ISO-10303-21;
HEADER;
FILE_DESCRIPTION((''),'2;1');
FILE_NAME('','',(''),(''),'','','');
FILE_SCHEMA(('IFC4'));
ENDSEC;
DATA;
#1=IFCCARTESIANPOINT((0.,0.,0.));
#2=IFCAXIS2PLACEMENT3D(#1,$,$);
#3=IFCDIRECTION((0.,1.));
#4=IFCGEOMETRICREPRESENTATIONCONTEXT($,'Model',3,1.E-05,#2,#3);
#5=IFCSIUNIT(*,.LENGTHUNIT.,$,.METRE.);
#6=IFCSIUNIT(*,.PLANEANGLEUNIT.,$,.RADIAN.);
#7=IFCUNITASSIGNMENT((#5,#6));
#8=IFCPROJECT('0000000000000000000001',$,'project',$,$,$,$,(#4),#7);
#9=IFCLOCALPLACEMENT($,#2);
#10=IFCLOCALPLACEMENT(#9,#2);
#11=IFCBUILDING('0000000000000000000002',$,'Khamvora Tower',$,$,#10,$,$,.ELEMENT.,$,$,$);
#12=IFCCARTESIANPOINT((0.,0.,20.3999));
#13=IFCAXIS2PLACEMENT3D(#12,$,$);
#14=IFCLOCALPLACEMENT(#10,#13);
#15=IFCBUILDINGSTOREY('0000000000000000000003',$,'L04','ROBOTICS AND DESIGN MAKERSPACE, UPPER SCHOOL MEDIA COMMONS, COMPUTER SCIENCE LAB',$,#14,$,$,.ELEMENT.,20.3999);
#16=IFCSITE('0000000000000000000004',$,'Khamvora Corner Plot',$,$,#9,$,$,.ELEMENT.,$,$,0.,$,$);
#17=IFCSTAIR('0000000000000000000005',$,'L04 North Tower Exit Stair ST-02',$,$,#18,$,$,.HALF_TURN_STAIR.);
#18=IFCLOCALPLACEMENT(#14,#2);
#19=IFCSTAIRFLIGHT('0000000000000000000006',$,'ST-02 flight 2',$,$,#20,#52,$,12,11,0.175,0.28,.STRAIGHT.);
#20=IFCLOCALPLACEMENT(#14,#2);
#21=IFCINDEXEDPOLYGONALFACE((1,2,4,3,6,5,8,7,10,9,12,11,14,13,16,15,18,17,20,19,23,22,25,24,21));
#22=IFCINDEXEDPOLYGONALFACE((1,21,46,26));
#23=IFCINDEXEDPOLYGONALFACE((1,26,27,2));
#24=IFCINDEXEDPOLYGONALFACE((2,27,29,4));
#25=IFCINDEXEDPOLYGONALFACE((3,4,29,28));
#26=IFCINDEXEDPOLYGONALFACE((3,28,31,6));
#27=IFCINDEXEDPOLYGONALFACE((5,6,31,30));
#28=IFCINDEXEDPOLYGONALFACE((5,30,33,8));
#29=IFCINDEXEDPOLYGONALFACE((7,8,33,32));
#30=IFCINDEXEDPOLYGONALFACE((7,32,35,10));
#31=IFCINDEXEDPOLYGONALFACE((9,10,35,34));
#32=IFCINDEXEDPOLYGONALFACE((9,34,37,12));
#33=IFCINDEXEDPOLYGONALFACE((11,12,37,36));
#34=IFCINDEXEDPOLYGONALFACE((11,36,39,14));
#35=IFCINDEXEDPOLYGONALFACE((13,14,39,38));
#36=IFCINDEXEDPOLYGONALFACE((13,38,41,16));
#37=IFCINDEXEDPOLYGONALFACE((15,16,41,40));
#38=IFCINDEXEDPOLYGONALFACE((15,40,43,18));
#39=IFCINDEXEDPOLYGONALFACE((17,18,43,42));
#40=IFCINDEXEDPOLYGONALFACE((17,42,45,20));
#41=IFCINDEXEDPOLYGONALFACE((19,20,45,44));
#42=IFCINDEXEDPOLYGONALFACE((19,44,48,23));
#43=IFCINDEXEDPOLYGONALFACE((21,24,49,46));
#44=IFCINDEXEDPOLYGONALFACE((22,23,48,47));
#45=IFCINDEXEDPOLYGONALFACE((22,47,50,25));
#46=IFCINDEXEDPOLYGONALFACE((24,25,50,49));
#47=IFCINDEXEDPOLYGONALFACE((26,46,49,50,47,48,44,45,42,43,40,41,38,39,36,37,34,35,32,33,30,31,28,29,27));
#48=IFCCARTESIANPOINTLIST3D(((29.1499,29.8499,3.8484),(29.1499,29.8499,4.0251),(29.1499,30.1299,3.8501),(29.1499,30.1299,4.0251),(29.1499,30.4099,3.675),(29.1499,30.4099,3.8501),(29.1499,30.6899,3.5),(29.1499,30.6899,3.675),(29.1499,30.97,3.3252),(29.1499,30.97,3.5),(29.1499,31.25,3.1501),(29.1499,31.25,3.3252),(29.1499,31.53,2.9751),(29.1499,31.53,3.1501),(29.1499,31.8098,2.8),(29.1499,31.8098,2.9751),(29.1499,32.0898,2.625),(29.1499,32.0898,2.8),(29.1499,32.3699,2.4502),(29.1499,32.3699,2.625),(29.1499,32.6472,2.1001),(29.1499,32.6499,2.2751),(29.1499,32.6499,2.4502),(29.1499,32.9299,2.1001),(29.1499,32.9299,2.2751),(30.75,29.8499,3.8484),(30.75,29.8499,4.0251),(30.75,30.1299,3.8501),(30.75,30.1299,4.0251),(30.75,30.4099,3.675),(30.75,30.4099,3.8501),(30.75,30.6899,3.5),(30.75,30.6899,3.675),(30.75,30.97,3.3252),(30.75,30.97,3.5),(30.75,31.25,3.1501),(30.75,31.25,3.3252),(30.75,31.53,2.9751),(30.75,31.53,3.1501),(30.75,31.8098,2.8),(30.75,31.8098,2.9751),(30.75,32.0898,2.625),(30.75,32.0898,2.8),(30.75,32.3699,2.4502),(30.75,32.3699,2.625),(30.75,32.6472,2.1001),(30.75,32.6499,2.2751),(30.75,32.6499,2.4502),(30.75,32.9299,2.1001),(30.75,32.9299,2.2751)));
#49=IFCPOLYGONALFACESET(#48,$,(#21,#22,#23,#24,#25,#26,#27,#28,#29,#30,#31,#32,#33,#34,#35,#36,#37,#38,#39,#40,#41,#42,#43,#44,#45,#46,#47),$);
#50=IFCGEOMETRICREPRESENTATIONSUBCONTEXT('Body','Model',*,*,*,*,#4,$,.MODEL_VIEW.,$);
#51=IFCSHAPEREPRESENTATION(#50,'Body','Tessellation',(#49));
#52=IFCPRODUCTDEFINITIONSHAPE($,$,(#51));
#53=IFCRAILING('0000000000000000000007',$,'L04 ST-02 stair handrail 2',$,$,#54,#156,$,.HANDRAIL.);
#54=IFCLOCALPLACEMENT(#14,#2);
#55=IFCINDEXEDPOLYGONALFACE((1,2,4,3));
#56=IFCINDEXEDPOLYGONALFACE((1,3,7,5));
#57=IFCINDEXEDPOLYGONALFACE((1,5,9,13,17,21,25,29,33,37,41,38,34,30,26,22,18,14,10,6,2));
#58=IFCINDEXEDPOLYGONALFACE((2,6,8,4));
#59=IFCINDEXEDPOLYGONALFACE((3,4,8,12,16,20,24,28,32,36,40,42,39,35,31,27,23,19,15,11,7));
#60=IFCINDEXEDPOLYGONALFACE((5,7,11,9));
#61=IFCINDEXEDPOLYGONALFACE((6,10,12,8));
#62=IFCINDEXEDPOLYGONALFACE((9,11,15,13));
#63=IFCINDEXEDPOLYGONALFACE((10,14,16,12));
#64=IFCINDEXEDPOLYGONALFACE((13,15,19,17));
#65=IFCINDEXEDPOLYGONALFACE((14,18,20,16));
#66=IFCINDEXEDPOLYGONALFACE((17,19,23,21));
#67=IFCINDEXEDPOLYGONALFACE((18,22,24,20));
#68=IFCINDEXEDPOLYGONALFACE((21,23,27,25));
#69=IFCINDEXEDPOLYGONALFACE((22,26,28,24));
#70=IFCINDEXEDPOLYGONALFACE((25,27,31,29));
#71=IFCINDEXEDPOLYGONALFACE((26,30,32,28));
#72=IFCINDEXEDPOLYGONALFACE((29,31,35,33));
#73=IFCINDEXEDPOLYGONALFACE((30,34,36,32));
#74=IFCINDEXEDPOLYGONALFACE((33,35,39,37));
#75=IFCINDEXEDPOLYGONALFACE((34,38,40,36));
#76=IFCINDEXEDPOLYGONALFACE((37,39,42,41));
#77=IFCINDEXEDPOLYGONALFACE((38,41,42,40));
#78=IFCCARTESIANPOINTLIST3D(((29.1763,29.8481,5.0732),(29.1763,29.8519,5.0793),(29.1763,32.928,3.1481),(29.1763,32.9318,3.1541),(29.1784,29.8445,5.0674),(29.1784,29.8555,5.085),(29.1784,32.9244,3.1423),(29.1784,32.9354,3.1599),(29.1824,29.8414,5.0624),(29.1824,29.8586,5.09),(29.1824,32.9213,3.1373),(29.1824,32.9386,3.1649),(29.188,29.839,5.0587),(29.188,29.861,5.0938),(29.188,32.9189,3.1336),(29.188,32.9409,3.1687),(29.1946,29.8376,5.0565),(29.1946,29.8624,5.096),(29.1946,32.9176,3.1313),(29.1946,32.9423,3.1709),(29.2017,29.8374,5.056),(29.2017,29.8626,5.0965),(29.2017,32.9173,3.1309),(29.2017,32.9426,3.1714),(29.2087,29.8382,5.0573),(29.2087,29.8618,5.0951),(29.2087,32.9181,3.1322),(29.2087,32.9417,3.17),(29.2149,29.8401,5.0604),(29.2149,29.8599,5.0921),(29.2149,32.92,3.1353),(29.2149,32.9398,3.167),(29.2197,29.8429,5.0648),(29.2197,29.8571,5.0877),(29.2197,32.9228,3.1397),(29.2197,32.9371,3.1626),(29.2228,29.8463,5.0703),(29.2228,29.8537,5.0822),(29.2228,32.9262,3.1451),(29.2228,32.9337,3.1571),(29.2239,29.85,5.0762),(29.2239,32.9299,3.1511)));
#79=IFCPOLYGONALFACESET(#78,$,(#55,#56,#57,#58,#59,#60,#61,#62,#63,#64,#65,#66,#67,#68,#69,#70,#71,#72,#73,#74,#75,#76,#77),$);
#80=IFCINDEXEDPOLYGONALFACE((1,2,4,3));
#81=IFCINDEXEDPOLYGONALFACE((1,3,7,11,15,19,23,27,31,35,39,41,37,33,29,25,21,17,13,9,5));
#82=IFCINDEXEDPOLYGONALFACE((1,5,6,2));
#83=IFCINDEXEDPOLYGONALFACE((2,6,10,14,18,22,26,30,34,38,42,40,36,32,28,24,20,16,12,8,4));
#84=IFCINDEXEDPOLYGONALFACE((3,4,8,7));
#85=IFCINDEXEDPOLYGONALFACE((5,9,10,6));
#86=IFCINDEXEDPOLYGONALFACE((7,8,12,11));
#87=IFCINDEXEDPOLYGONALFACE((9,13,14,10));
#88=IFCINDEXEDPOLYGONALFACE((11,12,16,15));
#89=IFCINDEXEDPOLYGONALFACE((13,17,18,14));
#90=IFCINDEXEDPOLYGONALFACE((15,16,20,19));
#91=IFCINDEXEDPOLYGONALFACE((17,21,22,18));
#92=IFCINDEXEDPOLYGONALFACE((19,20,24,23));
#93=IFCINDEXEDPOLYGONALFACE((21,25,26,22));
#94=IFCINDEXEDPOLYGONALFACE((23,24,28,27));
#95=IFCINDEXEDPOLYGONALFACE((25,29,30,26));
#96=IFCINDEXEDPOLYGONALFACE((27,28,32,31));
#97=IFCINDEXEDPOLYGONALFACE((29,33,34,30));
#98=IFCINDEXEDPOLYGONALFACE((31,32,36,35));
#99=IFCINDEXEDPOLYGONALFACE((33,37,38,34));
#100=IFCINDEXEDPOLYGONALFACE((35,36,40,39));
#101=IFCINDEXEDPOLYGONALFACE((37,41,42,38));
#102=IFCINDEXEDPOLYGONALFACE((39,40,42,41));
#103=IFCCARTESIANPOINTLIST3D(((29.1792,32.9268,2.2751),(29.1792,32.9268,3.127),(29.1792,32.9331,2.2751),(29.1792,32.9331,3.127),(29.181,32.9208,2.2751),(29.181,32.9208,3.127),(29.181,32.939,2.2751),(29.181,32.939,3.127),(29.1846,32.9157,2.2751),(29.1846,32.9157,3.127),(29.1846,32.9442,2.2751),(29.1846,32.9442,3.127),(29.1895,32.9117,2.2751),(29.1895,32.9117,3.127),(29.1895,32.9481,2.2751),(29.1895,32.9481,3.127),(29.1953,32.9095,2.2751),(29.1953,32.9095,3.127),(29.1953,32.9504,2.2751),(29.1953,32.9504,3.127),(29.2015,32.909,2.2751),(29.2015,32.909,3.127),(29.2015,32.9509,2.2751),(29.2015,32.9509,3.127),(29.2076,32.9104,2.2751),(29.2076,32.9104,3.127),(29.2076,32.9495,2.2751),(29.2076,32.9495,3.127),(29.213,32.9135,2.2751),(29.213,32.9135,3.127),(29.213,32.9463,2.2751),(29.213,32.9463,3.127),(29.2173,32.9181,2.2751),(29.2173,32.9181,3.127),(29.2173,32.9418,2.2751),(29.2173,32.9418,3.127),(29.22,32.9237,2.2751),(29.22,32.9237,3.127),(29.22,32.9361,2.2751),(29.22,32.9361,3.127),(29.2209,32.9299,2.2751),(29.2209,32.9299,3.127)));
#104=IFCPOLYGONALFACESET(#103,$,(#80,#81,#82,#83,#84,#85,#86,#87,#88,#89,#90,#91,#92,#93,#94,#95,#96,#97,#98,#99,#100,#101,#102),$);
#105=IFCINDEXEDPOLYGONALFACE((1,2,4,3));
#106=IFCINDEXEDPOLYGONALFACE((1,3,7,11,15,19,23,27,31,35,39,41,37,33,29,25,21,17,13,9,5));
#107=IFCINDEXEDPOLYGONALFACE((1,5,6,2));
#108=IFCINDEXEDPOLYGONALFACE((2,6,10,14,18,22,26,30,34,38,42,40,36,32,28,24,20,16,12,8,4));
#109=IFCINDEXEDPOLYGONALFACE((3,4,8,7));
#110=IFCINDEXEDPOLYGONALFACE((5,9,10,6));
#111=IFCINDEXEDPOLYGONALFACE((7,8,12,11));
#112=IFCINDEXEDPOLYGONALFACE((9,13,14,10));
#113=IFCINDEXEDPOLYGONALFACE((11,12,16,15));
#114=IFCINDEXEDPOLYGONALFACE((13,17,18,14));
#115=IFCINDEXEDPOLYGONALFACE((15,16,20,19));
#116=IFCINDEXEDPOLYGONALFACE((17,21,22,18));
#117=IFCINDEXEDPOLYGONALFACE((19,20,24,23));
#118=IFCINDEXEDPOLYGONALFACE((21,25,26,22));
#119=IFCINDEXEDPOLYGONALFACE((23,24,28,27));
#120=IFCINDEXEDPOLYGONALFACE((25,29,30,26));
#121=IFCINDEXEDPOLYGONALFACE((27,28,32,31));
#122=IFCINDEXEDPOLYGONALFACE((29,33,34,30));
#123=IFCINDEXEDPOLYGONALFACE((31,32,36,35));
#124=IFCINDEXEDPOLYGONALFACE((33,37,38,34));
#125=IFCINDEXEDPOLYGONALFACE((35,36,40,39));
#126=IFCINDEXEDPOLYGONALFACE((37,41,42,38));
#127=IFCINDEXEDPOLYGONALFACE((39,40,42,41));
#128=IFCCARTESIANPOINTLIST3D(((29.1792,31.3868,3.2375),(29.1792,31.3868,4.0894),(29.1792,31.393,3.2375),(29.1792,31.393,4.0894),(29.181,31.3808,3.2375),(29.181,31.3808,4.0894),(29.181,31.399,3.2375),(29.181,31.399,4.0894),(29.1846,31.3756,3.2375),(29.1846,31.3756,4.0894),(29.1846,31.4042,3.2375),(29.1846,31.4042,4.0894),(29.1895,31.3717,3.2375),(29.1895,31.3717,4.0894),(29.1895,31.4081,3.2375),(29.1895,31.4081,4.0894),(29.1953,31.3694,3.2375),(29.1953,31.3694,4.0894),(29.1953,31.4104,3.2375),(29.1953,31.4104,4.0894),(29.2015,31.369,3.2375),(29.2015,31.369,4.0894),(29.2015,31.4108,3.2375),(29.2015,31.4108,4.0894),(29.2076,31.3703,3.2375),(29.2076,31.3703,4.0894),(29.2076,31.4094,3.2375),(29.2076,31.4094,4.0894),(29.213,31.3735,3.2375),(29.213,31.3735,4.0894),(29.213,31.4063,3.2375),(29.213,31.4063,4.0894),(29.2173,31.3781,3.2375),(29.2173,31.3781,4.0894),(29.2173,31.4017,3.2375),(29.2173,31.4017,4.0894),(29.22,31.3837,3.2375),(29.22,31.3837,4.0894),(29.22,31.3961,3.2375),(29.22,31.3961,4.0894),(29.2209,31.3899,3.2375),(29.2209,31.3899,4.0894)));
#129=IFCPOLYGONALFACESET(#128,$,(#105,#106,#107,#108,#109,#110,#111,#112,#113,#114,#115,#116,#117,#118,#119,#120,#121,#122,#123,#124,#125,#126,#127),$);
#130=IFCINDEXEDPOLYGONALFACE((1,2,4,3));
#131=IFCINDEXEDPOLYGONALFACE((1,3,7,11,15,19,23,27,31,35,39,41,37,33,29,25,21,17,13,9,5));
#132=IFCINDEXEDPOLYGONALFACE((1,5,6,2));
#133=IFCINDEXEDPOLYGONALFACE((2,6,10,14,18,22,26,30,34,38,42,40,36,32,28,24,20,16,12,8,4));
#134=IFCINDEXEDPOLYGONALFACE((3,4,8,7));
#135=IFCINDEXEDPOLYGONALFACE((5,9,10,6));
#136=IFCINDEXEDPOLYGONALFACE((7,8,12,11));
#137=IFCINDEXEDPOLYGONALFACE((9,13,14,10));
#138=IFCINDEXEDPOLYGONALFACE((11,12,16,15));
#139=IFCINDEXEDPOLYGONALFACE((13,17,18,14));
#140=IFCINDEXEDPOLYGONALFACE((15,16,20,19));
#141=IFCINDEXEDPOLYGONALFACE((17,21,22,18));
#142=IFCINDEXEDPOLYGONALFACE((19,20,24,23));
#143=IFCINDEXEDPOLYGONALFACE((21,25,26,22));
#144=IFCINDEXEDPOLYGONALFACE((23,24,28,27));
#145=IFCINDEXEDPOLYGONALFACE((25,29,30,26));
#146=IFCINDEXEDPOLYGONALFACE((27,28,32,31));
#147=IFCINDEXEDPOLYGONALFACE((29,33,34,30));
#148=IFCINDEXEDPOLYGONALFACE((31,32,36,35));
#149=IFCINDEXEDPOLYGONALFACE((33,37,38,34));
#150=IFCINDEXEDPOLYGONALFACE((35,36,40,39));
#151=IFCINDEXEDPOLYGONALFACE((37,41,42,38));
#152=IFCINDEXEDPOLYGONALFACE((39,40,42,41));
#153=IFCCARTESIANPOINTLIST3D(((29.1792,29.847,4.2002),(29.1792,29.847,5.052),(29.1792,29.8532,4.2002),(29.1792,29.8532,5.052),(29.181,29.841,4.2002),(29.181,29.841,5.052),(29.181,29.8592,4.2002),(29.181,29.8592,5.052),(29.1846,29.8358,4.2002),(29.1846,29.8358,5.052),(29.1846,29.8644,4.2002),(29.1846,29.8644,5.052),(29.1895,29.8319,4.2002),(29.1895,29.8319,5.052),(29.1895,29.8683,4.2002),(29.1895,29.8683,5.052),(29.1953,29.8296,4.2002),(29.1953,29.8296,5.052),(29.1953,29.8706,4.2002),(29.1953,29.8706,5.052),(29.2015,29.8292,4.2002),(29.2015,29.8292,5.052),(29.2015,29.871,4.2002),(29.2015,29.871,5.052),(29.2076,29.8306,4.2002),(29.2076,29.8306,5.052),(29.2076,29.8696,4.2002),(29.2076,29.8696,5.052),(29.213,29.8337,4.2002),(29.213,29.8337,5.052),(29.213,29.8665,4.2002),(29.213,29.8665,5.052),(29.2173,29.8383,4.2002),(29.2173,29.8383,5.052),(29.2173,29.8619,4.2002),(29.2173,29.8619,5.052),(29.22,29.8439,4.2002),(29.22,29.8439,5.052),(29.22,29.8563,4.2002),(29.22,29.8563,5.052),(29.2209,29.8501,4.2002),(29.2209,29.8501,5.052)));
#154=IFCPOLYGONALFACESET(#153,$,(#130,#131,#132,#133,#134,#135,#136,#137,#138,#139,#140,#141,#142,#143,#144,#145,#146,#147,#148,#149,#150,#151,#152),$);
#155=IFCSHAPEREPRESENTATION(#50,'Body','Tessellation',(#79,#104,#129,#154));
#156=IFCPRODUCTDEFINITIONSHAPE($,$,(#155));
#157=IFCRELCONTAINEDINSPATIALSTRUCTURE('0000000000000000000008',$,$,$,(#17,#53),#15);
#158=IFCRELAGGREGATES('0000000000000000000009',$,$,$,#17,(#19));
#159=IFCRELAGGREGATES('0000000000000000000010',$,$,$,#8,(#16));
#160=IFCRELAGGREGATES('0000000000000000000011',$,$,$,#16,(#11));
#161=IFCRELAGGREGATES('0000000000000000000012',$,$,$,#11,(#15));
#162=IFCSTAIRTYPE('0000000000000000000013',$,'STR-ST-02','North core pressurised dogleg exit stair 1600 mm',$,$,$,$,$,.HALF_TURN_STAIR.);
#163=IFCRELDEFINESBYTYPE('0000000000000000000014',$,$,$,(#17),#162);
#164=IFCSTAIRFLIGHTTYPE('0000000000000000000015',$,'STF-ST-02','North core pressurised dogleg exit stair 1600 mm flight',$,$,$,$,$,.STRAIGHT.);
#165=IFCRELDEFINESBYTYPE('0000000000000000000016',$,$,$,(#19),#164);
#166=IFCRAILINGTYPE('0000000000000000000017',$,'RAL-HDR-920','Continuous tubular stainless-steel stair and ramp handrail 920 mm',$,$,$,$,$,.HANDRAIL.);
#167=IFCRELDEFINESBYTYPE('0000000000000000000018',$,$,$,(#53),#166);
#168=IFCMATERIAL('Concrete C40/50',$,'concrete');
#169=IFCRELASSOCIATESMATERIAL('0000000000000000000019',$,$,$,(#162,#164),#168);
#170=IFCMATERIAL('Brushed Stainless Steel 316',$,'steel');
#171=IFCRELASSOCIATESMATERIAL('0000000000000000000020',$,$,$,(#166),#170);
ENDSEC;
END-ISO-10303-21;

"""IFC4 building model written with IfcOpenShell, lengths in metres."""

from ifc_helpers import new_model, si_unit, direction, frame, origin, origin_2d, place, context, subcontext, project, spatial, polyline, circle, outline, extrude, material, type_object, element, aggregate, save


model = new_model("IFC4")

# Units and contexts
model_context = context("Model", 3, precision=1e-05, world=origin(), true_north=direction((0.0, 1.0)))
body_context = subcontext(model_context, "Body", "Model", "MODEL_VIEW")
ifc_project = project(units=[si_unit("LENGTHUNIT", "METRE"), si_unit("PLANEANGLEUNIT", "RADIAN")], contexts=[model_context])

# Site, building, storey
site_placement = place(None, origin())
site = spatial("IfcSite", under=ifc_project, at=site_placement, Name="Khamvora Corner Plot", CompositionType="ELEMENT", RefElevation=0.0)
building_placement = place(site_placement, origin())
building = spatial("IfcBuilding", under=site, at=building_placement, Name="Khamvora Tower", CompositionType="ELEMENT")
storey_placement = place(building_placement, frame((0.0, 0.0, 20.3999)))
storey = spatial("IfcBuildingStorey", under=building, at=storey_placement, Name="L04", Description="ROBOTICS AND DESIGN MAKERSPACE, UPPER SCHOOL MEDIA COMMONS, COMPUTER SCIENCE LAB", CompositionType="ELEMENT", Elevation=20.3999)

# Shared definitions
ifc_material_1 = material(Name="Concrete C40/50", Category="concrete")

# Stair, stair flight
stair_type = type_object("IfcStairType", Name="STR-ST-02", Description="North core pressurised dogleg exit stair 1600 mm", PredefinedType="HALF_TURN_STAIR", material=ifc_material_1)
stair_placement = place(storey_placement, origin())
stair = element("IfcStair", 1, at=stair_placement, inside=storey, type_object=stair_type, Name="L04 North Tower Exit Stair ST-02", PredefinedType="HALF_TURN_STAIR")
stair_flight_type = type_object("IfcStairFlightType", Name="STF-ST-02", Description="North core pressurised dogleg exit stair 1600 mm flight", PredefinedType="STRAIGHT", material=ifc_material_1)
stair_flight_placement = place(storey_placement, frame((29.95, 32.9299, 2.1001), z_axis=(0.0, 0.0, 1.0), x_axis=(0.0, -1.0, 0.0)))
stair_flight = element("IfcStairFlight", 2, at=stair_flight_placement, type_object=stair_flight_type, Name="ST-02 flight 2", NumberOfRisers=12, NumberOfTreads=11, PredefinedType="STRAIGHT", RiserHeight=0.175, TreadLength=0.28, context=body_context, shape_type="SweptSolid", body=[
    extrude(outline(polyline([(0.0, 0.0), (0.0, 0.175), (0.28, 0.175), (0.28, 0.3501), (0.5601, 0.3501), (0.5601, 0.5249), (0.8401, 0.5249), (0.8401, 0.7), (1.1201, 0.7), (1.1201, 0.875), (1.3999, 0.875), (1.3999, 1.05), (1.6799, 1.05), (1.6799, 1.2251), (1.96, 1.2251), (1.96, 1.3999), (2.24, 1.3999), (2.24, 1.575), (2.52, 1.575), (2.52, 1.75), (2.8, 1.75), (2.8, 1.925), (3.0801, 1.925), (3.0801, 2.1001), (3.0801, 1.7483), (0.2827, 0.0), (0.0, 0.0)])), frame((0.0, 0.8, 0.0), z_axis=(0.0, -1.0, 0.0), x_axis=(1.0, 0.0, 0.0)), (0.0, 0.0, 1.0), 1.6001),
])
aggregate(stair, [stair_flight])

# Railing
ifc_material_2 = material(Name="Brushed Stainless Steel 316", Category="steel")
railing_type_1 = type_object("IfcRailingType", Name="RAL-HDR-920", Description="Continuous tubular stainless-steel stair and ramp handrail 920 mm", PredefinedType="HANDRAIL", material=ifc_material_2)
railing_1_placement = place(storey_placement, frame((29.2, 32.9299, 2.2751)))
element("IfcRailing", 3, at=railing_1_placement, inside=storey, type_object=railing_type_1, Name="L04 ST-02 stair handrail 2", PredefinedType="HANDRAIL", context=body_context, shape_type="SweptSolid", body=[
    extrude(circle(Radius=0.0239, at=origin_2d()), frame((0.0, 0.0, 0.876), z_axis=(0.0, -0.847979, 0.530029), x_axis=(1.0, 0.0, 0.0)), (0.0, 0.0, 1.0), 3.6321),
    extrude(circle(Radius=0.021, at=origin_2d()), origin(), (0.0, 0.0, 1.0), 0.8518),
    extrude(circle(Radius=0.021, at=origin_2d()), frame((0.0, -1.54, 0.9624)), (0.0, 0.0, 1.0), 0.8518),
    extrude(circle(Radius=0.021, at=origin_2d()), frame((0.0, -3.0798, 1.925)), (0.0, 0.0, 1.0), 0.8518),
])

save(model, "model.ifc")
